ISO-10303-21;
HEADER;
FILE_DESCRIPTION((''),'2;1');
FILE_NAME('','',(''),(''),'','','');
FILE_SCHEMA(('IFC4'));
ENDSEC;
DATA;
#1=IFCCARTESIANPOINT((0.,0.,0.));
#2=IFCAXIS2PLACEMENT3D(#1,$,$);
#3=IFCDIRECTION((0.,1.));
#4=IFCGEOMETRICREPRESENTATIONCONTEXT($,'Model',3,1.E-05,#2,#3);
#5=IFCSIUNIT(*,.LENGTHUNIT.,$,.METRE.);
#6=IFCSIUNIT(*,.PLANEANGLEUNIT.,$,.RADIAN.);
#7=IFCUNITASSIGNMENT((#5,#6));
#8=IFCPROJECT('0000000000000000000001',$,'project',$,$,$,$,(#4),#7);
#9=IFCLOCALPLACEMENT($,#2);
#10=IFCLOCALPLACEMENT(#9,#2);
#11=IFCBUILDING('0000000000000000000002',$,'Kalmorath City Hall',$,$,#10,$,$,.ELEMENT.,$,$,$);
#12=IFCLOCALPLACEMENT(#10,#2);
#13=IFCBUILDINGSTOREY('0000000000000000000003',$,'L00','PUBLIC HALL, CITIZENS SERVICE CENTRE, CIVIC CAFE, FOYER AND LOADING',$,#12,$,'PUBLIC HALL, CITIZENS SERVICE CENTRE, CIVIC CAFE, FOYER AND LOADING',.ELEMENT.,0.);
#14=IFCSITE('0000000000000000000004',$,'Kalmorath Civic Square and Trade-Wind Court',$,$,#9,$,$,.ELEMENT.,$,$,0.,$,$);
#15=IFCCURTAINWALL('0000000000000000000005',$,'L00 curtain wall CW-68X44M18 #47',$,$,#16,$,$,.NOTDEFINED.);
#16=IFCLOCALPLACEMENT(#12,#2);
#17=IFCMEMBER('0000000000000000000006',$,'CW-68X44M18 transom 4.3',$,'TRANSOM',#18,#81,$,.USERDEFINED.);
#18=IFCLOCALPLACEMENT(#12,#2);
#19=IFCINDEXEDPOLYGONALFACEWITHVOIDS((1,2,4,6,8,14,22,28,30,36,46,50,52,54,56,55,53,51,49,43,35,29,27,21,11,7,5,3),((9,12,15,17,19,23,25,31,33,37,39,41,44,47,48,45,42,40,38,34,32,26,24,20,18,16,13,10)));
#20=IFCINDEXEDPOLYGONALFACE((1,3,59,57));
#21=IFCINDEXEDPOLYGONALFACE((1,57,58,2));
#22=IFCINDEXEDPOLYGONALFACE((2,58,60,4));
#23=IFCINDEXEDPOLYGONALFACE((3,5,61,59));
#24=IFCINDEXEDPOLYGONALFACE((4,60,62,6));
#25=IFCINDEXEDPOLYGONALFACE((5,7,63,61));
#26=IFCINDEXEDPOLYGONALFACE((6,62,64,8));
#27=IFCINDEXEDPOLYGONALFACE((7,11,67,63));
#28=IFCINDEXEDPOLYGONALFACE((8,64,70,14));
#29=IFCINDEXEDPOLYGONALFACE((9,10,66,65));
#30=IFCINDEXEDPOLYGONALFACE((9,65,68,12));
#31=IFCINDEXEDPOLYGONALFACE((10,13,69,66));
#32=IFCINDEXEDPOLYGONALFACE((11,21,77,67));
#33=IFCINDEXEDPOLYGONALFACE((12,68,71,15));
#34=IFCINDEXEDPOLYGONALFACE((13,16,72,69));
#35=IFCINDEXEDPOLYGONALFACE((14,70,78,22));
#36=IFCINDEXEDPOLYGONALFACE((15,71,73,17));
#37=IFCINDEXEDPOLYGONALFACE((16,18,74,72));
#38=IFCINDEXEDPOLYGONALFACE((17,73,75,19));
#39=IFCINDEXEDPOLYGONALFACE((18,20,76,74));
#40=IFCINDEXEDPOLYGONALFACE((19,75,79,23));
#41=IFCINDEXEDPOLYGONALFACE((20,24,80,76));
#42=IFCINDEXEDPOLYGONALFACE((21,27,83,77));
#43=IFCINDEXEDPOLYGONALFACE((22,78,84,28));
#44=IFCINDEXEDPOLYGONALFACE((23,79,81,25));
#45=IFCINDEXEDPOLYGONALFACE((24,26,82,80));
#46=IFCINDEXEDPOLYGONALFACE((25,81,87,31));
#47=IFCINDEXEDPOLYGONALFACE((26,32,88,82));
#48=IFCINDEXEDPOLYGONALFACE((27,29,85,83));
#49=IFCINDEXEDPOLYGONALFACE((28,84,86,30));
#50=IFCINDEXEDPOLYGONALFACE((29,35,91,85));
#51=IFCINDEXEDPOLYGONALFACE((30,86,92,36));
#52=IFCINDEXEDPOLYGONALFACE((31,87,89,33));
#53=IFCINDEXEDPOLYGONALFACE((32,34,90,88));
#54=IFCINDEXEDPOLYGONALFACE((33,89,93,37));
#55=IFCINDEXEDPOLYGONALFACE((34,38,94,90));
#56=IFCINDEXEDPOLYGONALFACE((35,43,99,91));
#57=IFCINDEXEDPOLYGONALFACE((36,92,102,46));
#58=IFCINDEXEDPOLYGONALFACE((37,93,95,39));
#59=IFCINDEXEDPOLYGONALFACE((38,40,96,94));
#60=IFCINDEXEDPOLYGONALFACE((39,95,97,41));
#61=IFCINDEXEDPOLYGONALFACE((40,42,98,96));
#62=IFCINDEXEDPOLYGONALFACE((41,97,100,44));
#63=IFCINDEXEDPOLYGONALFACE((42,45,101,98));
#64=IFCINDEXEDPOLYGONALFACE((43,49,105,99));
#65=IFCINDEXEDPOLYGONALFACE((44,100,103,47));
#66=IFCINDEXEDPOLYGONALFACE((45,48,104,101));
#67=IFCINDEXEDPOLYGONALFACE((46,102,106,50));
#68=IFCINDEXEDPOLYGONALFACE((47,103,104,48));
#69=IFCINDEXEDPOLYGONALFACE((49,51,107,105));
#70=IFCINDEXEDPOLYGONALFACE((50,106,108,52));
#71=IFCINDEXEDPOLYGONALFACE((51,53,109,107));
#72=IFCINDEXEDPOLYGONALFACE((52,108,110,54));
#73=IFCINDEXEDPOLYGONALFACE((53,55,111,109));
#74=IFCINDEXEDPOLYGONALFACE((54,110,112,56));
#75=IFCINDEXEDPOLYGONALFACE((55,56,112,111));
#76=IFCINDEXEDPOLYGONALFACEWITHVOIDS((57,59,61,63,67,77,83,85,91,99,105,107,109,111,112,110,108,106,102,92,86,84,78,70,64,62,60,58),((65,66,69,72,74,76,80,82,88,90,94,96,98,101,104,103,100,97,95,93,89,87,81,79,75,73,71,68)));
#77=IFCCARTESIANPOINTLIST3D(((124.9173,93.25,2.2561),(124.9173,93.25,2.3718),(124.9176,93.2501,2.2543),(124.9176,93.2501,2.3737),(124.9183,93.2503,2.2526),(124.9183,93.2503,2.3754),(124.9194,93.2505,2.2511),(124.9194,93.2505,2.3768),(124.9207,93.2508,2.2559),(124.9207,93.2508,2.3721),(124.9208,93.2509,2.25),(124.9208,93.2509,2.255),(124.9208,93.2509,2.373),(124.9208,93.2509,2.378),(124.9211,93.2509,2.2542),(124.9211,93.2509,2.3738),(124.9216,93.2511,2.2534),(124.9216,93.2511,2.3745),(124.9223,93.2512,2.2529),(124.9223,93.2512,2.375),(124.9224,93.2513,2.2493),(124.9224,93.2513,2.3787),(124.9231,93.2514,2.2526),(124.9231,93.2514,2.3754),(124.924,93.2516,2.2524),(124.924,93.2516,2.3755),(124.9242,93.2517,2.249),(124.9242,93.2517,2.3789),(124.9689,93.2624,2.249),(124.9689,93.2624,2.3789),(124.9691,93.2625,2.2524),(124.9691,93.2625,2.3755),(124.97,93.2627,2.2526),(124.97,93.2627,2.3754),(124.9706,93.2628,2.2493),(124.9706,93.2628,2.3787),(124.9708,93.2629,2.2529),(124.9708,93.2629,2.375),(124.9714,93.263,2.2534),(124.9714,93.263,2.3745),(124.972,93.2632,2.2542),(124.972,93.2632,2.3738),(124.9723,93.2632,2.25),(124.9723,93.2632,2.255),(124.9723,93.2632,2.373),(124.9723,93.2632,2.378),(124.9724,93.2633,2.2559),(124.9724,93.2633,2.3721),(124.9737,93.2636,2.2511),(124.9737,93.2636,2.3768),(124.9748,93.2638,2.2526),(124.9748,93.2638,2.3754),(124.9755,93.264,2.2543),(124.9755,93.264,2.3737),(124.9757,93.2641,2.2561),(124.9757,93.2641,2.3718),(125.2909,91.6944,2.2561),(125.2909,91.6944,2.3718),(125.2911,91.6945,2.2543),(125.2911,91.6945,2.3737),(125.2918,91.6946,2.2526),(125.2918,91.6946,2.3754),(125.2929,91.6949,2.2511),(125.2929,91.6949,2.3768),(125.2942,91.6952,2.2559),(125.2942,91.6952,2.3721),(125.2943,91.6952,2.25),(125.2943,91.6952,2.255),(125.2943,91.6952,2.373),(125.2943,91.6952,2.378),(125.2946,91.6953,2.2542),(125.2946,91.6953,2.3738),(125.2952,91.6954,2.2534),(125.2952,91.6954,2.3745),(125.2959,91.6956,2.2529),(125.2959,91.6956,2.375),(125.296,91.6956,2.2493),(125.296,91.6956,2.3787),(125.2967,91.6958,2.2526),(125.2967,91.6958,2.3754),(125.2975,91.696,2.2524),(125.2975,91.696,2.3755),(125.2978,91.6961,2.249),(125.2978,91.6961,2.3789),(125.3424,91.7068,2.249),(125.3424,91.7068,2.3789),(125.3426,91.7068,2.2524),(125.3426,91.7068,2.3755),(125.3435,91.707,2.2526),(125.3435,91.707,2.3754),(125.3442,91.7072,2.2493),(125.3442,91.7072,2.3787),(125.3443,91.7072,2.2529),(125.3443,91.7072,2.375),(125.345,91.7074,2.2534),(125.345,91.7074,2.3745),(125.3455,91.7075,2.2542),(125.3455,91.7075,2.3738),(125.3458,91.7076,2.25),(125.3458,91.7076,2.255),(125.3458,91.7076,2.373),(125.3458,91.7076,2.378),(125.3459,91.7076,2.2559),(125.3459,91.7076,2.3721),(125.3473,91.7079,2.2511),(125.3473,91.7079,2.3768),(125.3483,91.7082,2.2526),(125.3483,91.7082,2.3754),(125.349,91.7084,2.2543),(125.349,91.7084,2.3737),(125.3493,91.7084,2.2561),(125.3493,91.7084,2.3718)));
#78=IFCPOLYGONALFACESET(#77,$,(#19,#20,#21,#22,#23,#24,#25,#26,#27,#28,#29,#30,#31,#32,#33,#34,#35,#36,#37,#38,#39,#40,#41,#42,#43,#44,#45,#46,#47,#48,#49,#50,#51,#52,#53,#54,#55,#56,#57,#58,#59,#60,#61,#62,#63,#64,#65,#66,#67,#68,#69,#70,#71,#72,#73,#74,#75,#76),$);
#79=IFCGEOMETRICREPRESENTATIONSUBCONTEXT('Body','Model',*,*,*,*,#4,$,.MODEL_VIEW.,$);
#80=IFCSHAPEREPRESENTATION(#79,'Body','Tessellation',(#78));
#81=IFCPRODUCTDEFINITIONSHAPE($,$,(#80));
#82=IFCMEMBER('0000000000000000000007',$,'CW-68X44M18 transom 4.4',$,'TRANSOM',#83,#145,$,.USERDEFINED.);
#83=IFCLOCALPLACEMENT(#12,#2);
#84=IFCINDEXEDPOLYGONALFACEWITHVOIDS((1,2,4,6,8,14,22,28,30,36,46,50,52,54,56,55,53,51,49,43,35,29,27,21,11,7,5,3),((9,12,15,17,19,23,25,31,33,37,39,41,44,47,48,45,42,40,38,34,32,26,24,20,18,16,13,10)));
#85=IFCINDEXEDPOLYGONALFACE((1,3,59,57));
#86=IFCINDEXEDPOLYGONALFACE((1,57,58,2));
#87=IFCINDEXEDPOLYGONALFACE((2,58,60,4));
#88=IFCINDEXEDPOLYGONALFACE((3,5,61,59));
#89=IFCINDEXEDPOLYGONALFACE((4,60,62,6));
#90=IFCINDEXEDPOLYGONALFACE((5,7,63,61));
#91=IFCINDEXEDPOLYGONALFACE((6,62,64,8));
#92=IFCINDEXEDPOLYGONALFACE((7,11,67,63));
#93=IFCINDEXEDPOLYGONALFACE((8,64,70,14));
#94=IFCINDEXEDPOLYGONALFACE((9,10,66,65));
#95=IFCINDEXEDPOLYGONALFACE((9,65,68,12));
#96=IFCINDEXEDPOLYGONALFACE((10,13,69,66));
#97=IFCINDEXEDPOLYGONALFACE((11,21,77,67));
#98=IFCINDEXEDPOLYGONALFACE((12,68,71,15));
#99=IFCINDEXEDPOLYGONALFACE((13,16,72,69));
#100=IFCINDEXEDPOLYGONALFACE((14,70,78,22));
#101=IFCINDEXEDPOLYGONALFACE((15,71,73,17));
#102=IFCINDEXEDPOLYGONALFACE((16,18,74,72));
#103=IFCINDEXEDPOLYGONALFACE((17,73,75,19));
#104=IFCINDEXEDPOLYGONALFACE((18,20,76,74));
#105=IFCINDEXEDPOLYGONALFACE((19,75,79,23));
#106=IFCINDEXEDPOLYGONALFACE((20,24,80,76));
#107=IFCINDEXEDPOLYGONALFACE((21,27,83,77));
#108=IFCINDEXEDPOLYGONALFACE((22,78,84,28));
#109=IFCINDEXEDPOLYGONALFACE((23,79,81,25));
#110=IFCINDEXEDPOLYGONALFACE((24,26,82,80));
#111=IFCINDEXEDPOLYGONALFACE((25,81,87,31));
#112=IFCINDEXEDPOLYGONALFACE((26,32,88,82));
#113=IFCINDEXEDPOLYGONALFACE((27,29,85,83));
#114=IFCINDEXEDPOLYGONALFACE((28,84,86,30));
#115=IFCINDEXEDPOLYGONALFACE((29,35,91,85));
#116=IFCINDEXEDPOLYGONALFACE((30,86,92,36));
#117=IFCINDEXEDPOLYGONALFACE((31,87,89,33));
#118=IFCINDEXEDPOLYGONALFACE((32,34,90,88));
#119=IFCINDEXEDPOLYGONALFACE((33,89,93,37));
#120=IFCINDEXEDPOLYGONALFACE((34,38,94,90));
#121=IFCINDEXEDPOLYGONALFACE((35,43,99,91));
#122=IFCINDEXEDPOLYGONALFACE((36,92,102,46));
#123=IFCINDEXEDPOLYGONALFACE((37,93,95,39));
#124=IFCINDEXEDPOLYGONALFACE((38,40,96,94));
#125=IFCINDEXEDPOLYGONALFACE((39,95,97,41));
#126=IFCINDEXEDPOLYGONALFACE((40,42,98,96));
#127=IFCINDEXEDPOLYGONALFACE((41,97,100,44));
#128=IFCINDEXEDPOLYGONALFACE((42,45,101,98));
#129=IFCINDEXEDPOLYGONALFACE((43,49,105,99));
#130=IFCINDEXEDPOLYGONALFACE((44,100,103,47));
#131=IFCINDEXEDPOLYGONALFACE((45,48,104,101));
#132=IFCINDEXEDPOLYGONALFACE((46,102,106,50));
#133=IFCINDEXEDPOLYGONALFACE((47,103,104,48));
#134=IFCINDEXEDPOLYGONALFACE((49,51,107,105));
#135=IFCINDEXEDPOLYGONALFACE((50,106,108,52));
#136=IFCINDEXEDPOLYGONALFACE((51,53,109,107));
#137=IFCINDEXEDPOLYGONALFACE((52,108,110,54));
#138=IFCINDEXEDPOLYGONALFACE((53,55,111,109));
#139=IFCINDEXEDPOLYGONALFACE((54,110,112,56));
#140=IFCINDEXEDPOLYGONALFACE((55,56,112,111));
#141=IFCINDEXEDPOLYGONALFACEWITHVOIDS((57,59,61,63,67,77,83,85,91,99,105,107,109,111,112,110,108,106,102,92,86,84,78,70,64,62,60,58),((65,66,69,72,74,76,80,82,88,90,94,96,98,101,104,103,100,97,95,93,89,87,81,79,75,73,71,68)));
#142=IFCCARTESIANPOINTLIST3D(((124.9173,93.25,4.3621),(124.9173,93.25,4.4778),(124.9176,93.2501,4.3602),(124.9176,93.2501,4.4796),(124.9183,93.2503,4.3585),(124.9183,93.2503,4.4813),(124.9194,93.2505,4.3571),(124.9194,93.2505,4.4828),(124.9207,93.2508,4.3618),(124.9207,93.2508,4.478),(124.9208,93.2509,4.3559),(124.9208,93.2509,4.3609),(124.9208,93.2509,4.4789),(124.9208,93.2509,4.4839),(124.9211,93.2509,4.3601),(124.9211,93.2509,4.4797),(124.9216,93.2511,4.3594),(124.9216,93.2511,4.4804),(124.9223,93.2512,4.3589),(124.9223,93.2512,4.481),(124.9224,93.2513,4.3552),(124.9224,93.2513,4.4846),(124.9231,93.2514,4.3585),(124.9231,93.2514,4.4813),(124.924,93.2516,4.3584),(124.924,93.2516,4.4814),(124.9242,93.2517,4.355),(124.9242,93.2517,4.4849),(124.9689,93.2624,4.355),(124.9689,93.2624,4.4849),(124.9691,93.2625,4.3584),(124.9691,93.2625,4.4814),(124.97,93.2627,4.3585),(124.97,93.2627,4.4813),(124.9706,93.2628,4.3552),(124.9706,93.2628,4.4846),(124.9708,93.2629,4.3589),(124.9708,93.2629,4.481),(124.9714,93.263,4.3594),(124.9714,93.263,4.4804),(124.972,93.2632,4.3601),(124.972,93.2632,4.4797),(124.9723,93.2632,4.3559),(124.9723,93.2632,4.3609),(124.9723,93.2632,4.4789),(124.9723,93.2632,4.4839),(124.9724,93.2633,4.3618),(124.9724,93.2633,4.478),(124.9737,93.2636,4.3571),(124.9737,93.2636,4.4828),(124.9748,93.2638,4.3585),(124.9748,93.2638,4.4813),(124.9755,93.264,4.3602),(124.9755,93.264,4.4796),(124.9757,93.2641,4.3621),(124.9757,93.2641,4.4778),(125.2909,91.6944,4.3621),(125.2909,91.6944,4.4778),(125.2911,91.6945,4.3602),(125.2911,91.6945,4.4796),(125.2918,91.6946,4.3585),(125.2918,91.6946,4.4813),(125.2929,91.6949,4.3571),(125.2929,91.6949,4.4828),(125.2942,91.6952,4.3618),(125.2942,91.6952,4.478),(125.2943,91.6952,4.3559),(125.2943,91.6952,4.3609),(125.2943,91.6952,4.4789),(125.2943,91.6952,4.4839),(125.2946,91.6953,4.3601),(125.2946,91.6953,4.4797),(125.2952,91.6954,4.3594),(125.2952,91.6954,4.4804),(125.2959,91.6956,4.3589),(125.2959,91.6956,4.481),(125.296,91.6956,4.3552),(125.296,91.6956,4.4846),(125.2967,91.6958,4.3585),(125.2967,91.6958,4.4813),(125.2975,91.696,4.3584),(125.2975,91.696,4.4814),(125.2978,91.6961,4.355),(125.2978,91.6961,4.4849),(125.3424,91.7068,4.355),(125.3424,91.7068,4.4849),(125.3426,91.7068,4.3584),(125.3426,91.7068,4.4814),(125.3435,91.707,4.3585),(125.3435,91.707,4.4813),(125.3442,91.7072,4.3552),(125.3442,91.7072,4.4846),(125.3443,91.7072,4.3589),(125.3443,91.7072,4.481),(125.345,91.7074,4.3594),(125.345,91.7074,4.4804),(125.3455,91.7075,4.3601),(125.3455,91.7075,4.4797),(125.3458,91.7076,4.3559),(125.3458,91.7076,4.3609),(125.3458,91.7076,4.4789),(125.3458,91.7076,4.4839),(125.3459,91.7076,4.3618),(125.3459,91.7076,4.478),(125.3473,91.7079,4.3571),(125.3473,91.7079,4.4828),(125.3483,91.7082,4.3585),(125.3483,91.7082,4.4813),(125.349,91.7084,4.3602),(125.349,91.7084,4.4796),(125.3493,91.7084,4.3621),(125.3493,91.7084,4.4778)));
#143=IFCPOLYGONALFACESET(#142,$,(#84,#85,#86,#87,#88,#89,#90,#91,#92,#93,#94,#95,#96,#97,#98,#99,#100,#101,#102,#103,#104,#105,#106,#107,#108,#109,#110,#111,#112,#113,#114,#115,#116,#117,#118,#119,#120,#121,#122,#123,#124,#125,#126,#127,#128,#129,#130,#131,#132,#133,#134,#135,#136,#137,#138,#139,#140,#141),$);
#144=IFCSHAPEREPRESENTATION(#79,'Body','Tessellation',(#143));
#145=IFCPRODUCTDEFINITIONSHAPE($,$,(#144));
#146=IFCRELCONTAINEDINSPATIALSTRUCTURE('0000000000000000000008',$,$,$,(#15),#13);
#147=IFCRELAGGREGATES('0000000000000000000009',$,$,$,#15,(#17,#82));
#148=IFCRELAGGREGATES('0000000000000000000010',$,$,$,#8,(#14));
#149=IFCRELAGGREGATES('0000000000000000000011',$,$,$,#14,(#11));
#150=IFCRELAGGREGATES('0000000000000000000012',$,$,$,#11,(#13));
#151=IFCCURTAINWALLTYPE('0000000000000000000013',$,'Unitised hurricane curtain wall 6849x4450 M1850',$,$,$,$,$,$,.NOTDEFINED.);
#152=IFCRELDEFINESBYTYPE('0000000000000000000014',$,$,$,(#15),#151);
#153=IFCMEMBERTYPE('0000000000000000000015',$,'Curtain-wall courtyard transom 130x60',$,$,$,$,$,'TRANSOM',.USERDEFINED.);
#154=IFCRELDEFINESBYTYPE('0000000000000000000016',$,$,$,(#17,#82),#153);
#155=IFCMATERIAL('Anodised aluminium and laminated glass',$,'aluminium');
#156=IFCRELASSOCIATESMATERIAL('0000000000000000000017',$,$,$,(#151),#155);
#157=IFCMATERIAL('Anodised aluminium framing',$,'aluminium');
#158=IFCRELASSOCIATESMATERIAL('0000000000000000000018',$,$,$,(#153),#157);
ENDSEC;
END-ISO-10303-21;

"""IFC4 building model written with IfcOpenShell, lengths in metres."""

from ifc_helpers import new_model, si_unit, direction, frame, origin, origin_2d, place, context, subcontext, project, spatial, hollow_rectangle, extrude, material, material_profile, profile_set, type_object, element, aggregate, save


model = new_model("IFC4")

# Units and contexts
model_context = context("Model", 3, precision=1e-05, world=origin(), true_north=direction((0.0, 1.0)))
body_context = subcontext(model_context, "Body", "Model", "MODEL_VIEW")
ifc_project = project(units=[si_unit("LENGTHUNIT", "METRE"), si_unit("PLANEANGLEUNIT", "RADIAN")], contexts=[model_context])

# Site, building, storey
site_placement = place(None, origin())
site = spatial("IfcSite", under=ifc_project, at=site_placement, Name="Kalmorath Civic Square and Trade-Wind Court", CompositionType="ELEMENT", RefElevation=0.0)
building_placement = place(site_placement, origin())
building = spatial("IfcBuilding", under=site, at=building_placement, Name="Kalmorath City Hall", CompositionType="ELEMENT")
storey_placement = place(building_placement, origin())
storey = spatial("IfcBuildingStorey", under=building, at=storey_placement, Name="L00", Description="PUBLIC HALL, CITIZENS SERVICE CENTRE, CIVIC CAFE, FOYER AND LOADING", LongName="PUBLIC HALL, CITIZENS SERVICE CENTRE, CIVIC CAFE, FOYER AND LOADING", CompositionType="ELEMENT", Elevation=0.0)

# Curtain wall, members
ifc_material_1 = material(Name="Anodised aluminium and laminated glass", Category="aluminium")
curtain_wall_type = type_object("IfcCurtainWallType", Name="Unitised hurricane curtain wall 6849x4450 M1850", PredefinedType="NOTDEFINED", material=ifc_material_1)
curtain_wall_placement = place(storey_placement, origin())
curtain_wall = element("IfcCurtainWall", 1, at=curtain_wall_placement, inside=storey, type_object=curtain_wall_type, Name="L00 curtain wall CW-68X44M18 #47", PredefinedType="NOTDEFINED")
ifc_material_2 = material(Name="Anodised aluminium framing", Category="aluminium")
ifc_material_profile_1 = material_profile(ifc_material_2, hollow_rectangle(XDim=0.0601, YDim=0.1299, WallThickness=0.0034, InnerFilletRadius=0.0034, OuterFilletRadius=0.0071, at=origin_2d()), Name="ALU-TRN-130X60X3.5")
ifc_profile_set_1 = profile_set([ifc_material_profile_1], Name="Anodised aluminium framing")
member_type_1 = type_object("IfcMemberType", Name="Curtain-wall courtyard transom 130x60", ElementType="TRANSOM", PredefinedType="USERDEFINED", material=ifc_profile_set_1)
member_1_placement = place(storey_placement, frame((125.3201, 91.7014, 2.314), z_axis=(-0.233477, 0.972362, 0.0), x_axis=(-0.972362, -0.233477, 0.0)))
member_1 = element("IfcMember", 2, at=member_1_placement, type_object=member_type_1, Name="CW-68X44M18 transom 4.3", ObjectType="TRANSOM", PredefinedType="USERDEFINED", context=body_context, shape_type="SweptSolid", body=[
    extrude(hollow_rectangle(XDim=0.0601, YDim=0.1299, WallThickness=0.0034, InnerFilletRadius=0.0034, OuterFilletRadius=0.0071, at=origin_2d()), origin(), (0.0, 0.0, 1.0), 1.5999),
])
member_2_placement = place(storey_placement, frame((125.3201, 91.7014, 4.4199), z_axis=(-0.233477, 0.972362, 0.0), x_axis=(-0.972362, -0.233477, 0.0)))
member_2 = element("IfcMember", 3, at=member_2_placement, type_object=member_type_1, Name="CW-68X44M18 transom 4.4", ObjectType="TRANSOM", PredefinedType="USERDEFINED", context=body_context, shape_type="SweptSolid", body=[
    extrude(hollow_rectangle(XDim=0.0601, YDim=0.1299, WallThickness=0.0034, InnerFilletRadius=0.0034, OuterFilletRadius=0.0071, at=origin_2d()), origin(), (0.0, 0.0, 1.0), 1.5999),
])
aggregate(curtain_wall, [member_1, member_2])

save(model, "model.ifc")
